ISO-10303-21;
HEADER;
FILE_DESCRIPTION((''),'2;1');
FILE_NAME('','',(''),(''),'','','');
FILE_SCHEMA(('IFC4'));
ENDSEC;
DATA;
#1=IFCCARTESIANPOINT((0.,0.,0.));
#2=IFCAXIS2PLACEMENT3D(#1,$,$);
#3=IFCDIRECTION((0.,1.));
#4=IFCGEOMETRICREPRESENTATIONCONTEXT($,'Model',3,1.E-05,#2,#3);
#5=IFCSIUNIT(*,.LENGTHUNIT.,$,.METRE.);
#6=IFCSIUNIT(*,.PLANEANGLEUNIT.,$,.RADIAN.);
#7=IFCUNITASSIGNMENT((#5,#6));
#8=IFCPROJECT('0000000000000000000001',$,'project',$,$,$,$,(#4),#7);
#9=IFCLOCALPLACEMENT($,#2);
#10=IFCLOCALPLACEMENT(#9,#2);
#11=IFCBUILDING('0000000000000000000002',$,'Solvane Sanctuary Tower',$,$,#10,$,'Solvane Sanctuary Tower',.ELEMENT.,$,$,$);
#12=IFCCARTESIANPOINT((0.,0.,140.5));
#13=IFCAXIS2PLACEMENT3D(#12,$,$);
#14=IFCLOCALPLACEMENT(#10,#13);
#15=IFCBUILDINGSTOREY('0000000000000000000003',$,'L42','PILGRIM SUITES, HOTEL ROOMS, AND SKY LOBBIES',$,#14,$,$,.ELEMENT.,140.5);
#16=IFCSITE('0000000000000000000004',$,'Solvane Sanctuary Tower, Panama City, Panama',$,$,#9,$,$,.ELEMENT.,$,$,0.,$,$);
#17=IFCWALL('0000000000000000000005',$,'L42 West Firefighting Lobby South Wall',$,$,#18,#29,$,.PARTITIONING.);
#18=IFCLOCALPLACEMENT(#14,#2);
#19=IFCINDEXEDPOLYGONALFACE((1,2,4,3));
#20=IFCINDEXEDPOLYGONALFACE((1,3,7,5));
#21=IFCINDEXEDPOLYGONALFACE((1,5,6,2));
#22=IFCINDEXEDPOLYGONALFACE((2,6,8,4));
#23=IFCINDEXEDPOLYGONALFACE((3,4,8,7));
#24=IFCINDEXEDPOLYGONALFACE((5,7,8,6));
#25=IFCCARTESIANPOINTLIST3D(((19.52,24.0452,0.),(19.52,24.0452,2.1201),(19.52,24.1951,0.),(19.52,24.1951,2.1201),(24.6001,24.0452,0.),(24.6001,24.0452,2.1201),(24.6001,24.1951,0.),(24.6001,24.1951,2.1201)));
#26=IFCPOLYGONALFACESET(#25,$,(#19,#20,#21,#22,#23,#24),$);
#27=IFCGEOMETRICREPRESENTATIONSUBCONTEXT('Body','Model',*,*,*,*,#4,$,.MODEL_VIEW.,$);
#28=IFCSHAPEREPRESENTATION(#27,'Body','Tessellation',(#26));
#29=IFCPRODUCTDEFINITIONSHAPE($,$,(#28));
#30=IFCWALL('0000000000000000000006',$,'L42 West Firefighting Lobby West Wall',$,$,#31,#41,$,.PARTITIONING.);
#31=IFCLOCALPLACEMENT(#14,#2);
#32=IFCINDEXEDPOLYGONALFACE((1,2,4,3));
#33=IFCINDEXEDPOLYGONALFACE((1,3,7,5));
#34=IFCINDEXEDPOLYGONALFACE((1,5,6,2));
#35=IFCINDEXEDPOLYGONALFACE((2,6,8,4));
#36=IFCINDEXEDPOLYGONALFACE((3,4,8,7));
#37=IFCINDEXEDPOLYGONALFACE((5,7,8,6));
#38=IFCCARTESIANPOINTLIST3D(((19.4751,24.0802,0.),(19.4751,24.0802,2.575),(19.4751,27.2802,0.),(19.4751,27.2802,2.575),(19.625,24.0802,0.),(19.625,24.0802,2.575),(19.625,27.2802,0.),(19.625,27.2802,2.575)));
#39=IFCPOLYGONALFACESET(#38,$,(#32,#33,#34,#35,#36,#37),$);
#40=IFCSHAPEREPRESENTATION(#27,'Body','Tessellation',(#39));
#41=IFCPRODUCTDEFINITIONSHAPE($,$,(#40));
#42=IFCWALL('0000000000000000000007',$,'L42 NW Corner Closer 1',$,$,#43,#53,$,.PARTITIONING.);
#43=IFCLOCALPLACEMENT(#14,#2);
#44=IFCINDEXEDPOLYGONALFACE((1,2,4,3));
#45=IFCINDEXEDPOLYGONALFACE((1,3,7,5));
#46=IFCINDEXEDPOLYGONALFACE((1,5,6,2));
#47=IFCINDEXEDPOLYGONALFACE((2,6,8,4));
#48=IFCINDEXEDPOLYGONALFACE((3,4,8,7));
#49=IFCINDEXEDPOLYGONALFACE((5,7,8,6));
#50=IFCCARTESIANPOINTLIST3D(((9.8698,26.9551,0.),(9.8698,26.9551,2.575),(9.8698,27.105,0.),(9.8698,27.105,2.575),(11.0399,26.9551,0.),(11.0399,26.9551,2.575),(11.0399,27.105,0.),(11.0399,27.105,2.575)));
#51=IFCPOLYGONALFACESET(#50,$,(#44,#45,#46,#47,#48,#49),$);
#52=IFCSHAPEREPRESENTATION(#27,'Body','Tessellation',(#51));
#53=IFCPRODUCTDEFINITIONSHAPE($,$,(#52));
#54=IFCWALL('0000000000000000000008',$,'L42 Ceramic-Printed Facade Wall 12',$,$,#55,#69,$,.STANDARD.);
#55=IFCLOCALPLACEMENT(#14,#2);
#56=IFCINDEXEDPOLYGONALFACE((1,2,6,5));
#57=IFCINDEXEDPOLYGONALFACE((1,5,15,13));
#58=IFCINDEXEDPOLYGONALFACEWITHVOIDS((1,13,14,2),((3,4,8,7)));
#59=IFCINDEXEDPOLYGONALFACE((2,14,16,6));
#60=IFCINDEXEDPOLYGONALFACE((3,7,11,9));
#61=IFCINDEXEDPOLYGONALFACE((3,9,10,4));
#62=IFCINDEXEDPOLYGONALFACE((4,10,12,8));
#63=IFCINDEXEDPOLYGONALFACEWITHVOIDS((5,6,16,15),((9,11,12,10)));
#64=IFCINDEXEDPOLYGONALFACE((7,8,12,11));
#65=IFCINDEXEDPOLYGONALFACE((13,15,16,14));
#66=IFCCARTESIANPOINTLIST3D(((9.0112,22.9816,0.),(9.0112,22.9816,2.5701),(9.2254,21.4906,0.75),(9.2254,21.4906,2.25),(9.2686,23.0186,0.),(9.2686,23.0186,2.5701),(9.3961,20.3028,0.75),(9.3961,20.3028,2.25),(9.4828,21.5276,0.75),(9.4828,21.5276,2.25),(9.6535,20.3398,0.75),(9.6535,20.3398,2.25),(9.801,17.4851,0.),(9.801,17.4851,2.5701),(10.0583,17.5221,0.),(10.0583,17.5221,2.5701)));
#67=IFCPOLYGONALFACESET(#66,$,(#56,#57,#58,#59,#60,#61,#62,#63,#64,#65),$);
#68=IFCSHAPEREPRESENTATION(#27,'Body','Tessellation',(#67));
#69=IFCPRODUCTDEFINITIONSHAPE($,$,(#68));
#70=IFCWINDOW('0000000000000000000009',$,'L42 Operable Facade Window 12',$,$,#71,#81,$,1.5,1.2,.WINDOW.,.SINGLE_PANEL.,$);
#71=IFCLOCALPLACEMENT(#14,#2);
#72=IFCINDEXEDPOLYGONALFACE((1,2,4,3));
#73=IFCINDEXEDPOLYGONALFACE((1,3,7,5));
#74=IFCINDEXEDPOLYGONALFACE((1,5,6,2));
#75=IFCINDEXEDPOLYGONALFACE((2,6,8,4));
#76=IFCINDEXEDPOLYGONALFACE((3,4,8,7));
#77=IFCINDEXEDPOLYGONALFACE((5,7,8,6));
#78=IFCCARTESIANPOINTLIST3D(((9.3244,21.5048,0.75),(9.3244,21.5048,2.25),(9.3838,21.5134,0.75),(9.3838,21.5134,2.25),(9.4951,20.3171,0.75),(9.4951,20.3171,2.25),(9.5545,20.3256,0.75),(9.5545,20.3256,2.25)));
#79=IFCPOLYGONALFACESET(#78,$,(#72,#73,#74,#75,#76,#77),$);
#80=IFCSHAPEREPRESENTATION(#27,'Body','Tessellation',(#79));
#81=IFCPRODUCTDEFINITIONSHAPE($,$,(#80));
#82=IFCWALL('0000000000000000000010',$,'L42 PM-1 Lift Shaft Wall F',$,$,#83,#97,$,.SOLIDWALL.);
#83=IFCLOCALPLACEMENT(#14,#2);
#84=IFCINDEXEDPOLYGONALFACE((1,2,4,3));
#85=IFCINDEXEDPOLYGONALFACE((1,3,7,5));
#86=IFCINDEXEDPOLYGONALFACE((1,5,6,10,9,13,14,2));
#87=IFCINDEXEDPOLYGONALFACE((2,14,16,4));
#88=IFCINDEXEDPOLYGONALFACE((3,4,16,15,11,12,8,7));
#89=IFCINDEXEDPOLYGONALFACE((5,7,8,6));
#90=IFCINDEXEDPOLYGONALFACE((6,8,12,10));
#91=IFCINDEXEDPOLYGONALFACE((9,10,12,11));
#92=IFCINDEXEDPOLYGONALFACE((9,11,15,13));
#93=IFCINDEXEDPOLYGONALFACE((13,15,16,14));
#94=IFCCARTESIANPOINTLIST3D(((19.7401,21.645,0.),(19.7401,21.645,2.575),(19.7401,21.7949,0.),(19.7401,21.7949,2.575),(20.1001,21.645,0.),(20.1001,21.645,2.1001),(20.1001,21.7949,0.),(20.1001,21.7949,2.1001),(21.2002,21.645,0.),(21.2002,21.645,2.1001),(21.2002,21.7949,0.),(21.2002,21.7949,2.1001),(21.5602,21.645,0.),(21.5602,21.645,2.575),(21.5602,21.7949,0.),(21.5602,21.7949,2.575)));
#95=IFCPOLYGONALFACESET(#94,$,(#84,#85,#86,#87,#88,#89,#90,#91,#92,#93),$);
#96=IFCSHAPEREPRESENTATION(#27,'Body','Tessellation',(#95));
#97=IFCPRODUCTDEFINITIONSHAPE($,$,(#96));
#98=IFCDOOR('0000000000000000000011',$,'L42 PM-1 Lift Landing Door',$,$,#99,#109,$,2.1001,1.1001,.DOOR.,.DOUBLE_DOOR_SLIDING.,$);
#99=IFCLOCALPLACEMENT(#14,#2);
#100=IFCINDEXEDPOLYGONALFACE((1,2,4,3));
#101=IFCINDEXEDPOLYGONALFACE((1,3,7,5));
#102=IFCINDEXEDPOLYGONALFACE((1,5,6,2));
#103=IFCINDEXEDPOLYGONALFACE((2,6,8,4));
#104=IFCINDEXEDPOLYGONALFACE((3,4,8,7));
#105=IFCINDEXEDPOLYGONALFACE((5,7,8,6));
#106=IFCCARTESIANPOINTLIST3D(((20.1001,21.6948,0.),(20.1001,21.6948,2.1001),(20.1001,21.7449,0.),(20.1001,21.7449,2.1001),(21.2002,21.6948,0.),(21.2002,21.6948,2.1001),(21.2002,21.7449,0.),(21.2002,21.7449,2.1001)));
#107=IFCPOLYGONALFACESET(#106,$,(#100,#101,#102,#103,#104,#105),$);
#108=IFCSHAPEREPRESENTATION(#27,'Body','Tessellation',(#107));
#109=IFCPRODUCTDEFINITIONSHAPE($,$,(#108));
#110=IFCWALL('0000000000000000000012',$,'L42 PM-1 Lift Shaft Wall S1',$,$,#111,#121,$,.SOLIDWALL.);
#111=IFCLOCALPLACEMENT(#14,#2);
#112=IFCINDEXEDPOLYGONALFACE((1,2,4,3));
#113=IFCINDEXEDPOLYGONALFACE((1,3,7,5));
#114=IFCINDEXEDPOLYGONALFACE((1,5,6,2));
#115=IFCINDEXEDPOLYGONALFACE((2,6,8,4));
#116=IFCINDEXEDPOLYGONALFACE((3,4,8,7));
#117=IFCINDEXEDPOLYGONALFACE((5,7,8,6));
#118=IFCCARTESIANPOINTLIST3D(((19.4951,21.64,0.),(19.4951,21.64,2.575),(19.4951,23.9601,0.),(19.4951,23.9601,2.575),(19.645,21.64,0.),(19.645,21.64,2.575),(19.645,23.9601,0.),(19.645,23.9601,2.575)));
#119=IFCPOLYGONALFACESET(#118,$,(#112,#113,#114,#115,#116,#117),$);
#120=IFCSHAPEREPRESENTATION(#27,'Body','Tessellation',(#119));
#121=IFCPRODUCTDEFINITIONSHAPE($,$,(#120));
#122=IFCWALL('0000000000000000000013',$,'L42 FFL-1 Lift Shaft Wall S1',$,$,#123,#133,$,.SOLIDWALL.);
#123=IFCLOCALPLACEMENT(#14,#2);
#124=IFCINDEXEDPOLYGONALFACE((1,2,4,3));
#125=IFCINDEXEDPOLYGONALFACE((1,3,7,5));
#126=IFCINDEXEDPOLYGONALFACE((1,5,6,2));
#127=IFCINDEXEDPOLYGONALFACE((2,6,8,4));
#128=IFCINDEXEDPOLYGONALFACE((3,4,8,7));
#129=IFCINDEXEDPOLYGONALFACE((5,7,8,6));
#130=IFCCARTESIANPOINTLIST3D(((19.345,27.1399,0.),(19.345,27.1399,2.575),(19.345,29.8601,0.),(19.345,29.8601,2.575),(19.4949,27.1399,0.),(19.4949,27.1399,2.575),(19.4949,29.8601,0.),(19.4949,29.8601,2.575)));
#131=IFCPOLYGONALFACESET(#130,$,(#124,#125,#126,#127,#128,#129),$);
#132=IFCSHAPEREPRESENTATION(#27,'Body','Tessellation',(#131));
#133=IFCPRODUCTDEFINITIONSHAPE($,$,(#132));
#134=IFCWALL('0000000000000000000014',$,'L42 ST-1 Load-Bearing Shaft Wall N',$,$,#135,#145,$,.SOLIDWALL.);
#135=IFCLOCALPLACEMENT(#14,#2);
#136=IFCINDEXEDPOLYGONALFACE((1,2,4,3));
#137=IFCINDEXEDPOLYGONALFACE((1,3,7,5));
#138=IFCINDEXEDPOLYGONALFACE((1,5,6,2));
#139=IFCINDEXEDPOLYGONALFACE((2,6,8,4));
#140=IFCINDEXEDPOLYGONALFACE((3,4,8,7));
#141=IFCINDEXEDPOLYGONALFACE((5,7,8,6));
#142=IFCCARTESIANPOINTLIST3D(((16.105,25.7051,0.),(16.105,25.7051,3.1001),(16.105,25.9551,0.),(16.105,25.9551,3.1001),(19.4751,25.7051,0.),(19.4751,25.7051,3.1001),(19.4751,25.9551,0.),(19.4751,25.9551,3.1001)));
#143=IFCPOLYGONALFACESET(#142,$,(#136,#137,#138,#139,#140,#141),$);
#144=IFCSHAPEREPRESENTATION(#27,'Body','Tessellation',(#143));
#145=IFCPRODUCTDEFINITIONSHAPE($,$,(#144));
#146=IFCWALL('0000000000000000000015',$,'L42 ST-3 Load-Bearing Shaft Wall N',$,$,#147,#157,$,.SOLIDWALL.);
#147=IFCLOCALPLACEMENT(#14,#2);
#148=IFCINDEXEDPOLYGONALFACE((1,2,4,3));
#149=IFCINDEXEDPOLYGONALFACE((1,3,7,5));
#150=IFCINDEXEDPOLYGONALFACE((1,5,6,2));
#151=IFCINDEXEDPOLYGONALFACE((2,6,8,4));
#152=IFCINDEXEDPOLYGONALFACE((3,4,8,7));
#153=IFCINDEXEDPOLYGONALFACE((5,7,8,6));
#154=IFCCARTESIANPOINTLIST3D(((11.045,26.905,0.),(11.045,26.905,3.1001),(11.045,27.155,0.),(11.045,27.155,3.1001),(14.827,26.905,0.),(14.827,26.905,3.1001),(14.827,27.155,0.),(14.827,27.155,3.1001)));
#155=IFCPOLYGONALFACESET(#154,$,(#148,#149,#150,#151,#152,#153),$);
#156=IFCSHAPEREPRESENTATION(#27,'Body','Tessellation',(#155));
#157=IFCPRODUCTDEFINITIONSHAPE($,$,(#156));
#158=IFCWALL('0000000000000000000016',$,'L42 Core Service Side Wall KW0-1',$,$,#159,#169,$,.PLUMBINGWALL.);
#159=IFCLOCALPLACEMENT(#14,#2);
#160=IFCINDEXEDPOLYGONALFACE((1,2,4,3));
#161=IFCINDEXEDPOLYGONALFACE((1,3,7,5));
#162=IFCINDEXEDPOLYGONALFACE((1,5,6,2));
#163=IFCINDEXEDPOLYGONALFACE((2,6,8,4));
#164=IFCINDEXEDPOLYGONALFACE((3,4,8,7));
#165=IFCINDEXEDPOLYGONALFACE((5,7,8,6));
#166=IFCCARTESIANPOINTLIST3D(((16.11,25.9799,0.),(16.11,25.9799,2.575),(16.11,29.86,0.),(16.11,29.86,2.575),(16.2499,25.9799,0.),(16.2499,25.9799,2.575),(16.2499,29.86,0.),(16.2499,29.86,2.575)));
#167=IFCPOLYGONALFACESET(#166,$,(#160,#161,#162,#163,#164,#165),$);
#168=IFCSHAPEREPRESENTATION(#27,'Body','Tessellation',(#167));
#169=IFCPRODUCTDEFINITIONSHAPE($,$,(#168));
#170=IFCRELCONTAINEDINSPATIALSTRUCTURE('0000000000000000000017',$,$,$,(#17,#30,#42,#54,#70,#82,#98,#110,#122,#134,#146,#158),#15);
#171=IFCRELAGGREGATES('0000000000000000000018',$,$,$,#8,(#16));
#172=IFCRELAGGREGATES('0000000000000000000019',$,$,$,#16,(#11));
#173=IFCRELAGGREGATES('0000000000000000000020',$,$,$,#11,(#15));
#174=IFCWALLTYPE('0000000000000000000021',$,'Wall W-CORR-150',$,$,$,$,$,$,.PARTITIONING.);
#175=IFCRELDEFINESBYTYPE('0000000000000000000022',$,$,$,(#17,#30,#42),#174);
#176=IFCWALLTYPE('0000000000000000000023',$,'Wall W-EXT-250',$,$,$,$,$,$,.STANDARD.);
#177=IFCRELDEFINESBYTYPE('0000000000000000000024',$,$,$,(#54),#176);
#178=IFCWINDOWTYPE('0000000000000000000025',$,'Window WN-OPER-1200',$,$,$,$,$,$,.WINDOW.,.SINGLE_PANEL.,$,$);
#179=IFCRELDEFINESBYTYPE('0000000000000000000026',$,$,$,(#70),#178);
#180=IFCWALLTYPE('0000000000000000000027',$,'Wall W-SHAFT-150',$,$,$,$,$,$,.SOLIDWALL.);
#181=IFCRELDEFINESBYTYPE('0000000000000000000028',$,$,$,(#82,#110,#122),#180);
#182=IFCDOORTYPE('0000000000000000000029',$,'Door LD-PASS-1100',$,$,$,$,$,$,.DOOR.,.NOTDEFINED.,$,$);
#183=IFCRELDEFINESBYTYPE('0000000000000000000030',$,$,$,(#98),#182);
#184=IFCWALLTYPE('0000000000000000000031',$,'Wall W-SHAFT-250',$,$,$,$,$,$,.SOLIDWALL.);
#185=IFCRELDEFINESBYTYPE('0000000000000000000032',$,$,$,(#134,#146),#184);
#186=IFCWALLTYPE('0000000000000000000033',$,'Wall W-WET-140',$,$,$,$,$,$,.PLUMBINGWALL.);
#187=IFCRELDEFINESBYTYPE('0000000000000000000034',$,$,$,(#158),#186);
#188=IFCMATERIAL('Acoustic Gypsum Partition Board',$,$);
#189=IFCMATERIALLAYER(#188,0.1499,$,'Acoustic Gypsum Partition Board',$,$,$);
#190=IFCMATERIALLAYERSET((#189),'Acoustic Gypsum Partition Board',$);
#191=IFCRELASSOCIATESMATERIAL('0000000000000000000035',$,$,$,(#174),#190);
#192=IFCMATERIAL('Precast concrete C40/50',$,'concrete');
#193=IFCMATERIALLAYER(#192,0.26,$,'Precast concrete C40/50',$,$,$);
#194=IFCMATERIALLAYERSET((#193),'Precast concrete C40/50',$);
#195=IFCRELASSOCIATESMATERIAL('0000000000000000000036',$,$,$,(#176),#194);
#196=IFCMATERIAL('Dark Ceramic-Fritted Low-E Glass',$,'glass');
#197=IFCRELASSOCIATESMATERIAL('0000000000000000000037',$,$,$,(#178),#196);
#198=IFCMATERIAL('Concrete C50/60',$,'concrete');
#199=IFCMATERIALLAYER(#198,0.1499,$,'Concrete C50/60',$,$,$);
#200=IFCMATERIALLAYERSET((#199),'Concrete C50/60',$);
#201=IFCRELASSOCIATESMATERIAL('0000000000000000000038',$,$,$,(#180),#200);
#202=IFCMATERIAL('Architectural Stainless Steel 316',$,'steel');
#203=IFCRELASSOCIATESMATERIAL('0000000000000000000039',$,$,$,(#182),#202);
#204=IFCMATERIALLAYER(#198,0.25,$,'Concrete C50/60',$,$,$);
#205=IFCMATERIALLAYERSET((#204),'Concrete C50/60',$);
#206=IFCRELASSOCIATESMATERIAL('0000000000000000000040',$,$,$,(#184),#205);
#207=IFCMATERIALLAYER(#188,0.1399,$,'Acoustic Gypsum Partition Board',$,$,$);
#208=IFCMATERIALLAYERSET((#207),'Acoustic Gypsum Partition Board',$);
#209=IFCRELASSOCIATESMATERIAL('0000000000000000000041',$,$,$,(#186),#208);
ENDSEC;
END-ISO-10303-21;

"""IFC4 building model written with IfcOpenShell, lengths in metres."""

from ifc_helpers import new_model, si_unit, direction, frame, frame_2d, origin, place, context, subcontext, project, spatial, rectangle, extrude, material, layer, layer_set, type_object, element, fill, save


model = new_model("IFC4")

# Units and contexts
model_context = context("Model", 3, precision=1e-05, world=origin(), true_north=direction((0.0, 1.0)))
body_context = subcontext(model_context, "Body", "Model", "MODEL_VIEW")
ifc_project = project(units=[si_unit("LENGTHUNIT", "METRE"), si_unit("PLANEANGLEUNIT", "RADIAN")], contexts=[model_context])

# Site, building, storey
site_placement = place(None, origin())
site = spatial("IfcSite", under=ifc_project, at=site_placement, Name="Solvane Sanctuary Tower, Panama City, Panama", CompositionType="ELEMENT", RefElevation=0.0)
building_placement = place(site_placement, origin())
building = spatial("IfcBuilding", under=site, at=building_placement, Name="Solvane Sanctuary Tower", LongName="Solvane Sanctuary Tower", CompositionType="ELEMENT")
storey_placement = place(building_placement, frame((0.0, 0.0, 140.5)))
storey = spatial("IfcBuildingStorey", under=building, at=storey_placement, Name="L42", Description="PILGRIM SUITES, HOTEL ROOMS, AND SKY LOBBIES", CompositionType="ELEMENT", Elevation=140.5)

# Walls
ifc_material_1 = material(Name="Acoustic Gypsum Partition Board")
ifc_layer_1 = layer(ifc_material_1, 0.1499, Name="Acoustic Gypsum Partition Board")
ifc_layer_set_1 = layer_set([ifc_layer_1], Name="Acoustic Gypsum Partition Board")
wall_type_1 = type_object("IfcWallType", Name="Wall W-CORR-150", PredefinedType="PARTITIONING", material=ifc_layer_set_1)
wall_1_placement = place(storey_placement, frame((19.52, 24.1201, 0.0), z_axis=(0.0, 0.0, 1.0), x_axis=(1.0, 0.0, 0.0)))
element("IfcWall", 1, at=wall_1_placement, inside=storey, type_object=wall_type_1, Name="L42 West Firefighting Lobby South Wall", PredefinedType="PARTITIONING", context=body_context, shape_type="SweptSolid", body=[
    extrude(rectangle(XDim=5.0801, YDim=0.1499, at=frame_2d((2.54, 0.0))), origin(), (0.0, 0.0, 1.0), 2.1201),
])
wall_2_placement = place(storey_placement, frame((19.55, 24.0801, 0.0), z_axis=(0.0, 0.0, 1.0), x_axis=(0.0, 1.0, 0.0)))
element("IfcWall", 2, at=wall_2_placement, inside=storey, type_object=wall_type_1, Name="L42 West Firefighting Lobby West Wall", PredefinedType="PARTITIONING", context=body_context, shape_type="SweptSolid", body=[
    extrude(rectangle(XDim=3.2, YDim=0.1499, at=frame_2d((1.6001, 0.0))), origin(), (0.0, 0.0, 1.0), 2.575),
])
wall_3_placement = place(storey_placement, frame((9.8699, 27.03, 0.0), z_axis=(0.0, 0.0, 1.0), x_axis=(1.0, 0.0, 0.0)))
element("IfcWall", 3, at=wall_3_placement, inside=storey, type_object=wall_type_1, Name="L42 NW Corner Closer 1", PredefinedType="PARTITIONING", context=body_context, shape_type="SweptSolid", body=[
    extrude(rectangle(XDim=1.1702, YDim=0.1499, at=frame_2d((0.585, 0.0))), origin(), (0.0, 0.0, 1.0), 2.575),
])

# Wall, opening, window
ifc_material_2 = material(Name="Precast concrete C40/50", Category="concrete")
ifc_layer_2 = layer(ifc_material_2, 0.26, Name="Precast concrete C40/50")
ifc_layer_set_2 = layer_set([ifc_layer_2], Name="Precast concrete C40/50")
wall_type_2 = type_object("IfcWallType", Name="Wall W-EXT-250", PredefinedType="STANDARD", material=ifc_layer_set_2)
wall_4_placement = place(storey_placement, frame((9.1399, 23.0, 0.0), z_axis=(0.0, 0.0, 1.0), x_axis=(0.142228, -0.989834, 0.0)))
wall_4 = element("IfcWall", 4, at=wall_4_placement, inside=storey, type_object=wall_type_2, Name="L42 Ceramic-Printed Facade Wall 12", PredefinedType="STANDARD", context=body_context, shape_type="SweptSolid", body=[
    extrude(rectangle(XDim=5.553, YDim=0.26, at=frame_2d((2.7764, 0.0))), origin(), (0.0, 0.0, 1.0), 2.5701),
])
opening_1_placement = place(wall_4_placement, frame((1.5061, 0.0, 0.75)))
opening_1 = element("IfcOpeningElement", 5, at=opening_1_placement, cuts=wall_4, PredefinedType="OPENING", context=body_context, shape_type="SweptSolid", body=[
    extrude(rectangle(XDim=1.2, YDim=1.5, at=frame_2d((0.6001, 0.75))), frame((0.0, 0.1399, 0.0), z_axis=(0.0, -1.0, 0.0), x_axis=(1.0, 0.0, 0.0)), (0.0, 0.0, 1.0), 0.28),
])
ifc_material_3 = material(Name="Dark Ceramic-Fritted Low-E Glass", Category="glass")
window_type = type_object("IfcWindowType", Name="Window WN-OPER-1200", PartitioningType="SINGLE_PANEL", PredefinedType="WINDOW", material=ifc_material_3)
window_placement = place(opening_1_placement, origin())
window = element("IfcWindow", 6, at=window_placement, inside=storey, type_object=window_type, Name="L42 Operable Facade Window 12", OverallHeight=1.5, OverallWidth=1.2, PartitioningType="SINGLE_PANEL", PredefinedType="WINDOW", context=body_context, shape_type="SweptSolid", body=[
    extrude(rectangle(XDim=1.2, YDim=1.5, at=frame_2d((0.6001, 0.75))), frame((0.0, 0.03, 0.0), z_axis=(0.0, -1.0, 0.0), x_axis=(1.0, 0.0, 0.0)), (0.0, 0.0, 1.0), 0.0601),
])
fill(opening_1, window)

# Wall, opening, door
ifc_material_4 = material(Name="Concrete C50/60", Category="concrete")
ifc_layer_3 = layer(ifc_material_4, 0.1499, Name="Concrete C50/60")
ifc_layer_set_3 = layer_set([ifc_layer_3], Name="Concrete C50/60")
wall_type_3 = type_object("IfcWallType", Name="Wall W-SHAFT-150", PredefinedType="SOLIDWALL", material=ifc_layer_set_3)
wall_5_placement = place(storey_placement, frame((19.74, 21.72, 0.0), z_axis=(0.0, 0.0, 1.0), x_axis=(1.0, 0.0, 0.0)))
wall_5 = element("IfcWall", 7, at=wall_5_placement, inside=storey, type_object=wall_type_3, Name="L42 PM-1 Lift Shaft Wall F", PredefinedType="SOLIDWALL", context=body_context, shape_type="SweptSolid", body=[
    extrude(rectangle(XDim=1.8201, YDim=0.1499, at=frame_2d((0.9102, 0.0))), origin(), (0.0, 0.0, 1.0), 2.575),
])
opening_2_placement = place(wall_5_placement, frame((0.3601, 0.0, 0.0)))
opening_2 = element("IfcOpeningElement", 8, at=opening_2_placement, cuts=wall_5, PredefinedType="OPENING", context=body_context, shape_type="SweptSolid", body=[
    extrude(rectangle(XDim=1.1001, YDim=2.1001, at=frame_2d((0.55, 1.05))), frame((0.0, 0.085, 0.0), z_axis=(0.0, -1.0, 0.0), x_axis=(1.0, 0.0, 0.0)), (0.0, 0.0, 1.0), 0.1699),
])
ifc_material_5 = material(Name="Architectural Stainless Steel 316", Category="steel")
door_type = type_object("IfcDoorType", Name="Door LD-PASS-1100", OperationType="NOTDEFINED", PredefinedType="DOOR", material=ifc_material_5)
door_placement = place(opening_2_placement, origin())
door = element("IfcDoor", 9, at=door_placement, inside=storey, type_object=door_type, Name="L42 PM-1 Lift Landing Door", OperationType="DOUBLE_DOOR_SLIDING", OverallHeight=2.1001, OverallWidth=1.1001, PredefinedType="DOOR", context=body_context, shape_type="SweptSolid", body=[
    extrude(rectangle(XDim=1.1001, YDim=2.1001, at=frame_2d((0.55, 1.05))), frame((0.0, 0.0249, 0.0), z_axis=(0.0, -1.0, 0.0), x_axis=(1.0, 0.0, 0.0)), (0.0, 0.0, 1.0), 0.05),
])
fill(opening_2, door)

# Walls
wall_6_placement = place(storey_placement, frame((19.5701, 21.6399, 0.0), z_axis=(0.0, 0.0, 1.0), x_axis=(0.0, 1.0, 0.0)))
element("IfcWall", 10, at=wall_6_placement, inside=storey, type_object=wall_type_3, Name="L42 PM-1 Lift Shaft Wall S1", PredefinedType="SOLIDWALL", context=body_context, shape_type="SweptSolid", body=[
    extrude(rectangle(XDim=2.3201, YDim=0.1499, at=frame_2d((1.1602, 0.0))), origin(), (0.0, 0.0, 1.0), 2.575),
])
wall_7_placement = place(storey_placement, frame((19.4199, 27.1399, 0.0), z_axis=(0.0, 0.0, 1.0), x_axis=(0.0, 1.0, 0.0)))
element("IfcWall", 11, at=wall_7_placement, inside=storey, type_object=wall_type_3, Name="L42 FFL-1 Lift Shaft Wall S1", PredefinedType="SOLIDWALL", context=body_context, shape_type="SweptSolid", body=[
    extrude(rectangle(XDim=2.7202, YDim=0.1499, at=frame_2d((1.3601, 0.0))), origin(), (0.0, 0.0, 1.0), 2.575),
])
ifc_layer_4 = layer(ifc_material_4, 0.25, Name="Concrete C50/60")
ifc_layer_set_4 = layer_set([ifc_layer_4], Name="Concrete C50/60")
wall_type_4 = type_object("IfcWallType", Name="Wall W-SHAFT-250", PredefinedType="SOLIDWALL", material=ifc_layer_set_4)
wall_8_placement = place(storey_placement, frame((16.105, 25.8301, 0.0), z_axis=(0.0, 0.0, 1.0), x_axis=(1.0, 0.0, 0.0)))
element("IfcWall", 12, at=wall_8_placement, inside=storey, type_object=wall_type_4, Name="L42 ST-1 Load-Bearing Shaft Wall N", PredefinedType="SOLIDWALL", context=body_context, shape_type="SweptSolid", body=[
    extrude(rectangle(XDim=3.3701, YDim=0.25, at=frame_2d((1.6851, 0.0))), origin(), (0.0, 0.0, 1.0), 3.1001),
])
wall_9_placement = place(storey_placement, frame((11.0449, 27.03, 0.0), z_axis=(0.0, 0.0, 1.0), x_axis=(1.0, 0.0, 0.0)))
element("IfcWall", 13, at=wall_9_placement, inside=storey, type_object=wall_type_4, Name="L42 ST-3 Load-Bearing Shaft Wall N", PredefinedType="SOLIDWALL", context=body_context, shape_type="SweptSolid", body=[
    extrude(rectangle(XDim=3.782, YDim=0.25, at=frame_2d((1.8911, 0.0))), origin(), (0.0, 0.0, 1.0), 3.1001),
])
ifc_layer_5 = layer(ifc_material_1, 0.1399, Name="Acoustic Gypsum Partition Board")
ifc_layer_set_5 = layer_set([ifc_layer_5], Name="Acoustic Gypsum Partition Board")
wall_type_5 = type_object("IfcWallType", Name="Wall W-WET-140", PredefinedType="PLUMBINGWALL", material=ifc_layer_set_5)
wall_10_placement = place(storey_placement, frame((16.1799, 25.98, 0.0), z_axis=(0.0, 0.0, 1.0), x_axis=(0.0, 1.0, 0.0)))
element("IfcWall", 14, at=wall_10_placement, inside=storey, type_object=wall_type_5, Name="L42 Core Service Side Wall KW0-1", PredefinedType="PLUMBINGWALL", context=body_context, shape_type="SweptSolid", body=[
    extrude(rectangle(XDim=3.8801, YDim=0.1399, at=frame_2d((1.9399, 0.0))), origin(), (0.0, 0.0, 1.0), 2.575),
])

save(model, "model.ifc")
